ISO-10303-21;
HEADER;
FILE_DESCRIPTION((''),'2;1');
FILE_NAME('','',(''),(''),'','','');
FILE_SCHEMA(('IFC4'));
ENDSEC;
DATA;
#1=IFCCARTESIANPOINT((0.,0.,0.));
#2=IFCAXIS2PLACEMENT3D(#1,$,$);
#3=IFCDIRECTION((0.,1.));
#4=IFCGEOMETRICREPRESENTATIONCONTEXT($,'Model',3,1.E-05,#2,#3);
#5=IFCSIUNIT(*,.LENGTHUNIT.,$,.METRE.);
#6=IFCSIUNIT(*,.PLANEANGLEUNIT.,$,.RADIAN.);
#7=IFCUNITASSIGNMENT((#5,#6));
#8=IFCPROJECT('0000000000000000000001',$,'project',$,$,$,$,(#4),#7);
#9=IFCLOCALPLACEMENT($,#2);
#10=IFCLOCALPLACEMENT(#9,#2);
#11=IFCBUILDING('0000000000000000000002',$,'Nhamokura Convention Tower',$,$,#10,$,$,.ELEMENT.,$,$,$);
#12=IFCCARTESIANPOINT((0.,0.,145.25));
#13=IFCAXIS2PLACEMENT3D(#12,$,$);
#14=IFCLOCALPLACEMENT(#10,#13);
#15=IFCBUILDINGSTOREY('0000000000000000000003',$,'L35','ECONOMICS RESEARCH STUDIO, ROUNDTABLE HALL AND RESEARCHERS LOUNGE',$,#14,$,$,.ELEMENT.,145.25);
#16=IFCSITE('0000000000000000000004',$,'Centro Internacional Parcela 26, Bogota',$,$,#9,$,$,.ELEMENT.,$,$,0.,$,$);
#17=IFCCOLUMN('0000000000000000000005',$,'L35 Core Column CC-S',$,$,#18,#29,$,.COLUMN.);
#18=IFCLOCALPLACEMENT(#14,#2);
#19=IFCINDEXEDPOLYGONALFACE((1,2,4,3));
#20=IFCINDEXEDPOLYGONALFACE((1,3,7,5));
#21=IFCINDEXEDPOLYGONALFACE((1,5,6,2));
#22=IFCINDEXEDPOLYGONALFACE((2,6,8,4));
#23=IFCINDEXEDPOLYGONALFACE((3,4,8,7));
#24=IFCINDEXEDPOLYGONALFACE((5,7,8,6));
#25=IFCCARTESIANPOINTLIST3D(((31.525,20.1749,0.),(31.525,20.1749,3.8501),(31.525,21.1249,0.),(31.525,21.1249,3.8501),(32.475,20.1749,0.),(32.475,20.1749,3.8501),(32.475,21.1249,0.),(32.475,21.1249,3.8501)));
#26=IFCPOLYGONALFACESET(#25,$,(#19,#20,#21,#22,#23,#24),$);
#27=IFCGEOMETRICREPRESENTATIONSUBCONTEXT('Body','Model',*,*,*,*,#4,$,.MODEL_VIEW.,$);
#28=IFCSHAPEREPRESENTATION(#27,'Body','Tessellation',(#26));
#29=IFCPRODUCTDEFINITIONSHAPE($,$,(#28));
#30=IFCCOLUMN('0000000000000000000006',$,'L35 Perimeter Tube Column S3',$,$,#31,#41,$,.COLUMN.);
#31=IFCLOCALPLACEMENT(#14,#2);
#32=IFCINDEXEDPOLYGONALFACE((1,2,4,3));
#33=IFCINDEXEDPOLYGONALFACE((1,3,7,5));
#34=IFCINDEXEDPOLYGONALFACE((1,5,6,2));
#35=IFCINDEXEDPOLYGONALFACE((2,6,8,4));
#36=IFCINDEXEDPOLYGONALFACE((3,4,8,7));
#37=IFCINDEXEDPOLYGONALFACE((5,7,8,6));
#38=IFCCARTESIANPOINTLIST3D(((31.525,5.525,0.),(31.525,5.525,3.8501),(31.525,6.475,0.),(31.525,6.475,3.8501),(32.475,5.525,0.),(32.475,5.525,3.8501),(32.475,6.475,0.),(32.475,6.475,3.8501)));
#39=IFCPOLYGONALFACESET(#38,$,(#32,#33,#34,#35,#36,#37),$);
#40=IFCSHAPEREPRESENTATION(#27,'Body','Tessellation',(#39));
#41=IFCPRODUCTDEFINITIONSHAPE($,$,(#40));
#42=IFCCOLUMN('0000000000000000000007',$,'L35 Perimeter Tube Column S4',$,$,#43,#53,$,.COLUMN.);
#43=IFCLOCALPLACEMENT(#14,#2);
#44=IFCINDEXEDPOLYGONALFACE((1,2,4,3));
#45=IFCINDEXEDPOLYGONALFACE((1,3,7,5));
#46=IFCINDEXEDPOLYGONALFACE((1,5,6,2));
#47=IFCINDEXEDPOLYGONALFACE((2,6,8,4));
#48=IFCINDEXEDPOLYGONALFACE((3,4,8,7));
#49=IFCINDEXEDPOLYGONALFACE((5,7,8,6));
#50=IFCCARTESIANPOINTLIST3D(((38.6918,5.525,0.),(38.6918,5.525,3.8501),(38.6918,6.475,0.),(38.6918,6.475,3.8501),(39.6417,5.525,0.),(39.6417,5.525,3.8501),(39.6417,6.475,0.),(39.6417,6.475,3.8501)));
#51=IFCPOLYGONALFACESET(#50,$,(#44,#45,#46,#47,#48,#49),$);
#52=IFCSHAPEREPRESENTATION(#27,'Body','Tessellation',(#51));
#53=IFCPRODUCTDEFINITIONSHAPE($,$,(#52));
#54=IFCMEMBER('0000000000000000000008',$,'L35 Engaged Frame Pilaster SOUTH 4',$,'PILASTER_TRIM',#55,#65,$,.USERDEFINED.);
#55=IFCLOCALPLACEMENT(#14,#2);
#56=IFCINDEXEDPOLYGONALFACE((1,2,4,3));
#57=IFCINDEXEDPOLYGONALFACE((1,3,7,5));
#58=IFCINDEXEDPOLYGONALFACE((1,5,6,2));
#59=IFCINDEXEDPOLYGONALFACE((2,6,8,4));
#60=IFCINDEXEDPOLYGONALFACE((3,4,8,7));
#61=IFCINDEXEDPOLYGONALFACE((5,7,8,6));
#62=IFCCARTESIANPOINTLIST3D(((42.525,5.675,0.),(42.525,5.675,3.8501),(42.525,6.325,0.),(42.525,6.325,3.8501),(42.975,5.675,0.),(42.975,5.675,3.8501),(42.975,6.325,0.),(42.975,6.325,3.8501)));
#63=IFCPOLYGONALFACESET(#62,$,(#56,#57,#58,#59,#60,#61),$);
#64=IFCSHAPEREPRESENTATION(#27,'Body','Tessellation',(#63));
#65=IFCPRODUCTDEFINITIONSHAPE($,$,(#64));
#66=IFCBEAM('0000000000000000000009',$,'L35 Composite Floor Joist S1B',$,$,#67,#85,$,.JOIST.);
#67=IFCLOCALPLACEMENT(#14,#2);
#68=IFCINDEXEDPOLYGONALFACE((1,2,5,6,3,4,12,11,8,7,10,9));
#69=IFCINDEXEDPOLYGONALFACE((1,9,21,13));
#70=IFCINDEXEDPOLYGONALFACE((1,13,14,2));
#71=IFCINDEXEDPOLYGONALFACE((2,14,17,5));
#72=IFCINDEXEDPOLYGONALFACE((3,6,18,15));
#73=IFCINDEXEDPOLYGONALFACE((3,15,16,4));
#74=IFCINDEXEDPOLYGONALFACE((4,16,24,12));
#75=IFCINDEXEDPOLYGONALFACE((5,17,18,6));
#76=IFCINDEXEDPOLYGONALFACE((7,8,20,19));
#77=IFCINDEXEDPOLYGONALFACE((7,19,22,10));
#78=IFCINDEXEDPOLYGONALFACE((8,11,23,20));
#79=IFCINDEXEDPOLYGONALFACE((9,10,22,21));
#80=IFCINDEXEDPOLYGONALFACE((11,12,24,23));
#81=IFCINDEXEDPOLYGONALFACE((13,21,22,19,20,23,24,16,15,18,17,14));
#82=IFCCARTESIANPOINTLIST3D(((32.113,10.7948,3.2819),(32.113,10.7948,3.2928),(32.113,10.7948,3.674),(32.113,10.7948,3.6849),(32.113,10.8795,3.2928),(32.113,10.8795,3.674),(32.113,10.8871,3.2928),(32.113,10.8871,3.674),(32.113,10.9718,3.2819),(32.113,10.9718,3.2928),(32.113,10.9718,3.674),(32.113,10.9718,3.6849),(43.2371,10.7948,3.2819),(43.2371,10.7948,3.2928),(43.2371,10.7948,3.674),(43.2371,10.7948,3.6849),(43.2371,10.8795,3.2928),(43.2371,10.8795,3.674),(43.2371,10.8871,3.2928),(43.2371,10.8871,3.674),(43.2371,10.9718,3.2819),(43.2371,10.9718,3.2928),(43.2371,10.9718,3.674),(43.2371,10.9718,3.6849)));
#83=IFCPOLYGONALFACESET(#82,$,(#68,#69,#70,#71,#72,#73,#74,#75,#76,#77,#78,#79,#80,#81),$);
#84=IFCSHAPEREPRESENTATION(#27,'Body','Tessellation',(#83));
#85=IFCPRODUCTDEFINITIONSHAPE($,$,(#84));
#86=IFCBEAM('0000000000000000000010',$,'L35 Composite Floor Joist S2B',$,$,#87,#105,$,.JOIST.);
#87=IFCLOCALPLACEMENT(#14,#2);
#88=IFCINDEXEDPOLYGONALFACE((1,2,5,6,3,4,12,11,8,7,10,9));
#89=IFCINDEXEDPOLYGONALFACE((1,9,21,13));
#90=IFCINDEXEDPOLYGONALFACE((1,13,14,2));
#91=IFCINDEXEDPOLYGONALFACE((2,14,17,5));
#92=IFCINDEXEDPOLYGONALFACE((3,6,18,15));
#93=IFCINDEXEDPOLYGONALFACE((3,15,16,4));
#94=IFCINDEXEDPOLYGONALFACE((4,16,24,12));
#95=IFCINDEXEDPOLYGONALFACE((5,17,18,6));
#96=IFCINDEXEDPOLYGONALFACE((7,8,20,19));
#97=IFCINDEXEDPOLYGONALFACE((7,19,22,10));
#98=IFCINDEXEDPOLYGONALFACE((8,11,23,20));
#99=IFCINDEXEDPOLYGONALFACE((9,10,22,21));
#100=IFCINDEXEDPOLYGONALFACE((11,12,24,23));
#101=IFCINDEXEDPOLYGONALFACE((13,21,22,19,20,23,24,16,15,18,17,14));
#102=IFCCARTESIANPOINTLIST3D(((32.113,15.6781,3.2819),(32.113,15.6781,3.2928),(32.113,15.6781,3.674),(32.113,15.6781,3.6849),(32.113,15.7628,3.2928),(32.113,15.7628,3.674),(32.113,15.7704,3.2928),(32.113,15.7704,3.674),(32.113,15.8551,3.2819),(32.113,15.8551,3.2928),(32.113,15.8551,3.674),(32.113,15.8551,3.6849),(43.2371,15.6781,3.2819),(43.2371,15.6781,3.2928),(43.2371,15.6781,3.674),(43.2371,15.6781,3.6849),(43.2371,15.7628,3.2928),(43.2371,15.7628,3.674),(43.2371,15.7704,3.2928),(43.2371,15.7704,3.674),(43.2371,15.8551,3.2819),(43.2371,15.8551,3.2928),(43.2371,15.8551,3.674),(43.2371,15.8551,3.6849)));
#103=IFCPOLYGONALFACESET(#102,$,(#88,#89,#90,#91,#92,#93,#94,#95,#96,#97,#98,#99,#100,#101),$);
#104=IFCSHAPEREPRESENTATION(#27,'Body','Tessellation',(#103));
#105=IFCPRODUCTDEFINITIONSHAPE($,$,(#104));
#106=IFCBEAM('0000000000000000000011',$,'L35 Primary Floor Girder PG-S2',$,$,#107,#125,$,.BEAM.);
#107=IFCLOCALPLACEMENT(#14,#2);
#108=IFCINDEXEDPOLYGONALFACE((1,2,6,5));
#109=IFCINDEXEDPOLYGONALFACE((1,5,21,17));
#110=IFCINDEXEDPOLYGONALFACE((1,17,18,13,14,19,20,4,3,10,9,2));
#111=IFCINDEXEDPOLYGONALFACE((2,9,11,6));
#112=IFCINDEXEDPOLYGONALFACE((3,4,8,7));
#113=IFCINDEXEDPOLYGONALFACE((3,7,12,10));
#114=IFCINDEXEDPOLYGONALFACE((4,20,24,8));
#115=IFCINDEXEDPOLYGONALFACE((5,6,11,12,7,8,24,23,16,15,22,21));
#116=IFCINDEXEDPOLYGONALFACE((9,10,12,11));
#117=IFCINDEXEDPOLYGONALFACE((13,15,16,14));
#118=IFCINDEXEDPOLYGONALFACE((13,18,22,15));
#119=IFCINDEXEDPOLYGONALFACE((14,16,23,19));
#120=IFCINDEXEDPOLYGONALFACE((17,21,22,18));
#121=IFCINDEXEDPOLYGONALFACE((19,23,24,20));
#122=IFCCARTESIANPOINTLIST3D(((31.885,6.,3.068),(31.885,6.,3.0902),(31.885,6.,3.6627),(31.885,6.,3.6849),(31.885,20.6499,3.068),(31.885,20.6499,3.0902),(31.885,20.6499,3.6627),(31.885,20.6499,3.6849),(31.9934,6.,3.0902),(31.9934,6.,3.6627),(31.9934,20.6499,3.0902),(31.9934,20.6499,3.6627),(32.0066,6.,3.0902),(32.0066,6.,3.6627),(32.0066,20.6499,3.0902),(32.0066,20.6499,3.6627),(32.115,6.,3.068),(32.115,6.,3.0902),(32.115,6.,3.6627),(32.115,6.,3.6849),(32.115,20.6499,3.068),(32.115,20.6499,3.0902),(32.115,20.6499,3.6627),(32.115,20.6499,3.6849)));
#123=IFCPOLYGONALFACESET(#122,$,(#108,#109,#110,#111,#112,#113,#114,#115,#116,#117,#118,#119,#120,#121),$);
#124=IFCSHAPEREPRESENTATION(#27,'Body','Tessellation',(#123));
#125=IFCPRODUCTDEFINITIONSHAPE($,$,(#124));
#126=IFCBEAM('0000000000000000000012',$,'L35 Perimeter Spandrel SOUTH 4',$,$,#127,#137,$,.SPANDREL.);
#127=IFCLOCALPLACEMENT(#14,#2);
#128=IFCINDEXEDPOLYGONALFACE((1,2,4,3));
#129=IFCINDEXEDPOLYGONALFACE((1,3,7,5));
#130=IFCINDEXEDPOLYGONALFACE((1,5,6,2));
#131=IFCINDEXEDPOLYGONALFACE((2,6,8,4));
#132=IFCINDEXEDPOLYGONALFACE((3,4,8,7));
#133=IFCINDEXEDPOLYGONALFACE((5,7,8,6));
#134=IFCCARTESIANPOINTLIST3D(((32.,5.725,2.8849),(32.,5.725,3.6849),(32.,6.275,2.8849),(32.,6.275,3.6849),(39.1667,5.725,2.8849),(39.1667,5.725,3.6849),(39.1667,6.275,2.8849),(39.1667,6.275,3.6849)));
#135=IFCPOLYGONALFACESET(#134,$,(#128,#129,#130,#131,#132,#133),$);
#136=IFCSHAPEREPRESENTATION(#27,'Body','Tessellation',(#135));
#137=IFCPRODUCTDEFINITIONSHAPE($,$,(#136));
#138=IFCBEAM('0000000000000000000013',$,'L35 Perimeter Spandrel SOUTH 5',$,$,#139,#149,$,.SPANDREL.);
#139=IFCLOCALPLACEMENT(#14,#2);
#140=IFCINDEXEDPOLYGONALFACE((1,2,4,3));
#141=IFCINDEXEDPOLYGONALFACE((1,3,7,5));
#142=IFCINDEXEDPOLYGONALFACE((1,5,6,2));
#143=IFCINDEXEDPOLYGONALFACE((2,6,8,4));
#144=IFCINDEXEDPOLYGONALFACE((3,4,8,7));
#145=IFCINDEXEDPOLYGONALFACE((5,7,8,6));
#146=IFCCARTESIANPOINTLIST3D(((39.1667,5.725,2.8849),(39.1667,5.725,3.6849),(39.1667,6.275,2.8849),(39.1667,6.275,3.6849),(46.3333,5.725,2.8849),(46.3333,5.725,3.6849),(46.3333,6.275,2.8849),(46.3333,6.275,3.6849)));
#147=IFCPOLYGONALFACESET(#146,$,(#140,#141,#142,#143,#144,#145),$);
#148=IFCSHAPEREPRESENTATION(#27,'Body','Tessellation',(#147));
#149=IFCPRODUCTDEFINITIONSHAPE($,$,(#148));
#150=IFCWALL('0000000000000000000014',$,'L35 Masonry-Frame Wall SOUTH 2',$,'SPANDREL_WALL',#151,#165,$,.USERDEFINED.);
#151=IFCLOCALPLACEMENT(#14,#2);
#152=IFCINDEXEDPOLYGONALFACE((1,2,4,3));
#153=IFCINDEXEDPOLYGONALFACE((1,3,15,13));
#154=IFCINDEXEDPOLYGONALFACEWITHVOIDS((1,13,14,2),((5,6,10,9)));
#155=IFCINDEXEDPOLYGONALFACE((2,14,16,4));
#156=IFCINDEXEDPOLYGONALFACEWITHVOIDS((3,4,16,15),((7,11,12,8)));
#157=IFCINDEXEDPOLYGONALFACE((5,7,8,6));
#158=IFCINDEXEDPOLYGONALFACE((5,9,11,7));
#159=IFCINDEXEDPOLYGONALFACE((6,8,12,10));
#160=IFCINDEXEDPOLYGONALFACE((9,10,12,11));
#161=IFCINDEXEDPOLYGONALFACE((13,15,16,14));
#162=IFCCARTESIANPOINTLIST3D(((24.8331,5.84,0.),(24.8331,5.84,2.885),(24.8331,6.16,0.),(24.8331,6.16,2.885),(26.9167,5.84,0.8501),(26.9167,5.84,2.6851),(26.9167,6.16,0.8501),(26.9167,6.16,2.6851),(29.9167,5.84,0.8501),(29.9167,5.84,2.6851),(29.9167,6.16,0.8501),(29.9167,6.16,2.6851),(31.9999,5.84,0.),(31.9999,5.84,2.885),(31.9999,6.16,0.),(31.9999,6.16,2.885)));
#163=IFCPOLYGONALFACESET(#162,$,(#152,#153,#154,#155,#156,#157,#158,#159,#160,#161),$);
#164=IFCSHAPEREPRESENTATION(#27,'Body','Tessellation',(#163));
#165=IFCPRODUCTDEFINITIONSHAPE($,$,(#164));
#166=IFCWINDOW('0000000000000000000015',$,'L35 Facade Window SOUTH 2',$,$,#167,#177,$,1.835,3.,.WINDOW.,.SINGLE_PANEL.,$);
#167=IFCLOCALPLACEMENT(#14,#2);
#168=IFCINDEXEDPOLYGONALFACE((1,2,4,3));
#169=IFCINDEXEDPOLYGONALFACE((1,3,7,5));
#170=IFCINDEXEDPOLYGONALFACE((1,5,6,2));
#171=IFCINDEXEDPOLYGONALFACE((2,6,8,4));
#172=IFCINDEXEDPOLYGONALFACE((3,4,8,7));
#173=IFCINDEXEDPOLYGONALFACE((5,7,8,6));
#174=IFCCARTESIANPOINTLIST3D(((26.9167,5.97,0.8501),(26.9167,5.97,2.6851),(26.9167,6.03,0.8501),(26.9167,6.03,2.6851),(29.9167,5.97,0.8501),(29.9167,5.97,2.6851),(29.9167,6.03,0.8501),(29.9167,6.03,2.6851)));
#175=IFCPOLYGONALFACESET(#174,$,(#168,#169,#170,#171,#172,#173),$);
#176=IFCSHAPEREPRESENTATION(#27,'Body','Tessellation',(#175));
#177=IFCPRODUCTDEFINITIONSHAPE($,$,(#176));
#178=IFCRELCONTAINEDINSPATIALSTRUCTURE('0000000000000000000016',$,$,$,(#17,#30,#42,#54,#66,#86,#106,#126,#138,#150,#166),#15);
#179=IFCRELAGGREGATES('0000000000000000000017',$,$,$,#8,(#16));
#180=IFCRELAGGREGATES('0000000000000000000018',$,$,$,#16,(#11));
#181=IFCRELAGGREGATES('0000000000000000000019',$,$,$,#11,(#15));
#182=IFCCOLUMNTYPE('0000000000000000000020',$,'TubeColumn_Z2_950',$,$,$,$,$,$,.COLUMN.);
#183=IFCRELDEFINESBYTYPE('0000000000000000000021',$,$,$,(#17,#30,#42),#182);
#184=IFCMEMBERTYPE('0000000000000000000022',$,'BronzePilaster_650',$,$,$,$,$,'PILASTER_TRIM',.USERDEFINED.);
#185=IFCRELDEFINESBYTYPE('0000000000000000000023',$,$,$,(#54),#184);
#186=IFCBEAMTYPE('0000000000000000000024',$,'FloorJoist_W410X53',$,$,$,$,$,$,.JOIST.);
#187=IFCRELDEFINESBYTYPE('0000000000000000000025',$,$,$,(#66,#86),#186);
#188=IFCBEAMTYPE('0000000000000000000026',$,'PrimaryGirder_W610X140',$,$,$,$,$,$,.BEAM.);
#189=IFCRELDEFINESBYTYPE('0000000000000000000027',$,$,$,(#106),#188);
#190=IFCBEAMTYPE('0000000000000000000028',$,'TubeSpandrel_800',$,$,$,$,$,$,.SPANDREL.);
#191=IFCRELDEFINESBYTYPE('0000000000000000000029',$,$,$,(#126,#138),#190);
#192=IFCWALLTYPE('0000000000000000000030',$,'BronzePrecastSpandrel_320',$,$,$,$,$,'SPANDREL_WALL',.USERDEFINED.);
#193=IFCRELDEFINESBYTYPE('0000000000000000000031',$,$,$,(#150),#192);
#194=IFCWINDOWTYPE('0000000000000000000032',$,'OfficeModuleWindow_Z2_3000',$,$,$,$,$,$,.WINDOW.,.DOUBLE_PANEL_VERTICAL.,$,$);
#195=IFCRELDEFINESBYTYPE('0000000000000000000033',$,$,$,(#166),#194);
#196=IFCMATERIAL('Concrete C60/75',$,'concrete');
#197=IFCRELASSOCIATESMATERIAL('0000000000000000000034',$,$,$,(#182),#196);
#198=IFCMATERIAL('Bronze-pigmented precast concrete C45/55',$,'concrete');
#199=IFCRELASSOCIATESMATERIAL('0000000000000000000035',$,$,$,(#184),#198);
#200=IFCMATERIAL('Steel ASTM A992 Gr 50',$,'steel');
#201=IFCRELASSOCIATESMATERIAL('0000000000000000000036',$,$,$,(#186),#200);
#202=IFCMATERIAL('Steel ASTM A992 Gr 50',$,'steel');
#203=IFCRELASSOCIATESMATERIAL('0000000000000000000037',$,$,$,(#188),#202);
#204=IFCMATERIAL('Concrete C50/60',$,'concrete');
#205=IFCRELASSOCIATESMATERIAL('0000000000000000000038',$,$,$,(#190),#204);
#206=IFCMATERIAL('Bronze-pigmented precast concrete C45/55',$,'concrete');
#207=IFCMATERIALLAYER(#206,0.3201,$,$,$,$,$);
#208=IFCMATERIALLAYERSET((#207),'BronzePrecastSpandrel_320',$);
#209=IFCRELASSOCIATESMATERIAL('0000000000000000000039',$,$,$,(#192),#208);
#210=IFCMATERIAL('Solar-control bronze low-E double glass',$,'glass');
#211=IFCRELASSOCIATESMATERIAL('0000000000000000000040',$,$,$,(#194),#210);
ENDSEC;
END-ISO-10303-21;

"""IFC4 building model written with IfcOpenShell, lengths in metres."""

from ifc_helpers import new_model, si_unit, direction, frame, frame_2d, origin, origin_2d, place, context, subcontext, project, spatial, rectangle, i_section, extrude, material, layer, layer_set, material_profile, profile_set, type_object, element, fill, save


model = new_model("IFC4")

# Units and contexts
model_context = context("Model", 3, precision=1e-05, world=origin(), true_north=direction((0.0, 1.0)))
body_context = subcontext(model_context, "Body", "Model", "MODEL_VIEW")
ifc_project = project(units=[si_unit("LENGTHUNIT", "METRE"), si_unit("PLANEANGLEUNIT", "RADIAN")], contexts=[model_context])

# Site, building, storey
site_placement = place(None, origin())
site = spatial("IfcSite", under=ifc_project, at=site_placement, Name="Centro Internacional Parcela 26, Bogota", CompositionType="ELEMENT", RefElevation=0.0)
building_placement = place(site_placement, origin())
building = spatial("IfcBuilding", under=site, at=building_placement, Name="Nhamokura Convention Tower", CompositionType="ELEMENT")
storey_placement = place(building_placement, frame((0.0, 0.0, 145.25)))
storey = spatial("IfcBuildingStorey", under=building, at=storey_placement, Name="L35", Description="ECONOMICS RESEARCH STUDIO, ROUNDTABLE HALL AND RESEARCHERS LOUNGE", CompositionType="ELEMENT", Elevation=145.25)

# Columns
ifc_material_1 = material(Name="Concrete C60/75", Category="concrete")
ifc_material_profile_1 = material_profile(ifc_material_1, rectangle(XDim=0.95, YDim=0.95, at=origin_2d()))
ifc_profile_set_1 = profile_set([ifc_material_profile_1], Name="Concrete C60/75")
column_type = type_object("IfcColumnType", Name="TubeColumn_Z2_950", PredefinedType="COLUMN", material=ifc_profile_set_1)
for number, where, z_axis, x_axis, name in (
    (1, (32.0, 20.6499, 0.0), (0.0, 0.0, 1.0), (1.0, 0.0, 0.0), "L35 Core Column CC-S"),
    (2, (32.0, 6.0, 0.0), (0.0, 0.0, 1.0), (1.0, 0.0, 0.0), "L35 Perimeter Tube Column S3"),
    (3, (39.1667, 6.0, 0.0), (0.0, 0.0, 1.0), (1.0, 0.0, 0.0), "L35 Perimeter Tube Column S4"),
):
    element("IfcColumn", number, at=place(storey_placement, frame(where, z_axis=z_axis, x_axis=x_axis)), inside=storey, type_object=column_type, Name=name, PredefinedType="COLUMN", context=body_context, shape_type="SweptSolid", body=[
        extrude(rectangle(XDim=0.95, YDim=0.95, at=origin_2d()), origin(), (0.0, 0.0, 1.0), 3.8501),
    ])

# Member
ifc_material_2 = material(Name="Bronze-pigmented precast concrete C45/55", Category="concrete")
ifc_material_profile_2 = material_profile(ifc_material_2, rectangle(XDim=0.45, YDim=0.6499, at=origin_2d()))
ifc_profile_set_2 = profile_set([ifc_material_profile_2], Name="Bronze-pigmented precast concrete C45/55")
member_type = type_object("IfcMemberType", Name="BronzePilaster_650", ElementType="PILASTER_TRIM", PredefinedType="USERDEFINED", material=ifc_profile_set_2)
member_placement = place(storey_placement, frame((42.75, 6.0, 0.0), z_axis=(0.0, 0.0, 1.0), x_axis=(1.0, 0.0, 0.0)))
element("IfcMember", 4, at=member_placement, inside=storey, type_object=member_type, Name="L35 Engaged Frame Pilaster SOUTH 4", ObjectType="PILASTER_TRIM", PredefinedType="USERDEFINED", context=body_context, shape_type="SweptSolid", body=[
    extrude(rectangle(XDim=0.45, YDim=0.6499, at=origin_2d()), origin(), (0.0, 0.0, 1.0), 3.8501),
])

# Beams
ifc_material_3 = material(Name="Steel ASTM A992 Gr 50", Category="steel")
ifc_material_profile_3 = material_profile(ifc_material_3, i_section(OverallWidth=0.177, OverallDepth=0.4031, WebThickness=0.0076, FlangeThickness=0.011, at=origin_2d()))
ifc_profile_set_3 = profile_set([ifc_material_profile_3], Name="Steel ASTM A992 Gr 50")
beam_type_1 = type_object("IfcBeamType", Name="FloorJoist_W410X53", PredefinedType="JOIST", material=ifc_profile_set_3)
for number, where, z_axis, x_axis, name in (
    (5, (32.113, 10.8833, 3.4834), (1.0, 0.0, 0.0), (0.0, 1.0, 0.0), "L35 Composite Floor Joist S1B"),
    (6, (32.113, 15.7666, 3.4834), (1.0, 0.0, 0.0), (0.0, 1.0, 0.0), "L35 Composite Floor Joist S2B"),
):
    element("IfcBeam", number, at=place(storey_placement, frame(where, z_axis=z_axis, x_axis=x_axis)), inside=storey, type_object=beam_type_1, Name=name, PredefinedType="JOIST", context=body_context, shape_type="SweptSolid", body=[
        extrude(i_section(OverallWidth=0.177, OverallDepth=0.4031, WebThickness=0.0076, FlangeThickness=0.011, at=origin_2d()), origin(), (0.0, 0.0, 1.0), 11.124),
    ])
ifc_material_4 = material(Name="Steel ASTM A992 Gr 50", Category="steel")
ifc_material_profile_4 = material_profile(ifc_material_4, i_section(OverallWidth=0.23, OverallDepth=0.6169, WebThickness=0.0132, FlangeThickness=0.0222, at=origin_2d()))
ifc_profile_set_4 = profile_set([ifc_material_profile_4], Name="Steel ASTM A992 Gr 50")
beam_type_2 = type_object("IfcBeamType", Name="PrimaryGirder_W610X140", PredefinedType="BEAM", material=ifc_profile_set_4)
beam_1_placement = place(storey_placement, frame((32.0, 6.0, 3.3765), z_axis=(0.0, 1.0, 0.0), x_axis=(-1.0, 0.0, 0.0)))
element("IfcBeam", 7, at=beam_1_placement, inside=storey, type_object=beam_type_2, Name="L35 Primary Floor Girder PG-S2", PredefinedType="BEAM", context=body_context, shape_type="SweptSolid", body=[
    extrude(i_section(OverallWidth=0.23, OverallDepth=0.6169, WebThickness=0.0132, FlangeThickness=0.0222, at=origin_2d()), origin(), (0.0, 0.0, 1.0), 14.6499),
])
ifc_material_5 = material(Name="Concrete C50/60", Category="concrete")
ifc_material_profile_5 = material_profile(ifc_material_5, rectangle(XDim=0.55, YDim=0.8, at=origin_2d()))
ifc_profile_set_5 = profile_set([ifc_material_profile_5], Name="Concrete C50/60")
beam_type_3 = type_object("IfcBeamType", Name="TubeSpandrel_800", PredefinedType="SPANDREL", material=ifc_profile_set_5)
beam_2_placement = place(storey_placement, frame((32.0, 6.0, 3.2849), z_axis=(1.0, 0.0, 0.0), x_axis=(0.0, 1.0, 0.0)))
element("IfcBeam", 8, at=beam_2_placement, inside=storey, type_object=beam_type_3, Name="L35 Perimeter Spandrel SOUTH 4", PredefinedType="SPANDREL", context=body_context, shape_type="SweptSolid", body=[
    extrude(rectangle(XDim=0.55, YDim=0.8, at=origin_2d()), origin(), (0.0, 0.0, 1.0), 7.1667),
])
beam_3_placement = place(storey_placement, frame((39.1667, 6.0, 3.2849), z_axis=(1.0, 0.0, 0.0), x_axis=(0.0, 1.0, 0.0)))
element("IfcBeam", 9, at=beam_3_placement, inside=storey, type_object=beam_type_3, Name="L35 Perimeter Spandrel SOUTH 5", PredefinedType="SPANDREL", context=body_context, shape_type="SweptSolid", body=[
    extrude(rectangle(XDim=0.55, YDim=0.8, at=origin_2d()), origin(), (0.0, 0.0, 1.0), 7.1665),
])

# Wall, opening, window
ifc_material_6 = material(Name="Bronze-pigmented precast concrete C45/55", Category="concrete")
ifc_layer_1 = layer(ifc_material_6, 0.3201)
ifc_layer_set_1 = layer_set([ifc_layer_1], Name="BronzePrecastSpandrel_320")
wall_type_1 = type_object("IfcWallType", Name="BronzePrecastSpandrel_320", ElementType="SPANDREL_WALL", PredefinedType="USERDEFINED", material=ifc_layer_set_1)
wall_1_placement = place(storey_placement, frame((32.0, 6.0, 0.0), z_axis=(0.0, 0.0, 1.0), x_axis=(-1.0, 0.0, 0.0)))
wall_1 = element("IfcWall", 10, at=wall_1_placement, inside=storey, type_object=wall_type_1, Name="L35 Masonry-Frame Wall SOUTH 2", ObjectType="SPANDREL_WALL", PredefinedType="USERDEFINED", context=body_context, shape_type="SweptSolid", body=[
    extrude(rectangle(XDim=7.1667, YDim=0.3201, at=frame_2d((3.5835, 0.0))), origin(), (0.0, 0.0, 1.0), 2.885),
])
opening_1_placement = place(wall_1_placement, frame((2.0833, 0.0, 0.8501)))
opening_1 = element("IfcOpeningElement", 11, at=opening_1_placement, cuts=wall_1, PredefinedType="OPENING", context=body_context, shape_type="SweptSolid", body=[
    extrude(rectangle(XDim=3.0, YDim=1.835, at=frame_2d((1.5, 0.9175))), frame((0.0, 0.1699, 0.0), z_axis=(0.0, -1.0, 0.0), x_axis=(1.0, 0.0, 0.0)), (0.0, 0.0, 1.0), 0.3401),
])
ifc_material_7 = material(Name="Solar-control bronze low-E double glass", Category="glass")
window_type = type_object("IfcWindowType", Name="OfficeModuleWindow_Z2_3000", PartitioningType="DOUBLE_PANEL_VERTICAL", PredefinedType="WINDOW", material=ifc_material_7)
window_1_placement = place(opening_1_placement, origin())
window_1 = element("IfcWindow", 12, at=window_1_placement, inside=storey, type_object=window_type, Name="L35 Facade Window SOUTH 2", OverallHeight=1.835, OverallWidth=3.0, PartitioningType="SINGLE_PANEL", PredefinedType="WINDOW", context=body_context, shape_type="SweptSolid", body=[
    extrude(rectangle(XDim=3.0, YDim=1.835, at=frame_2d((1.5, 0.9175))), frame((0.0, 0.03, 0.0), z_axis=(0.0, -1.0, 0.0), x_axis=(1.0, 0.0, 0.0)), (0.0, 0.0, 1.0), 0.0601),
])
fill(opening_1, window_1)

save(model, "model.ifc")
